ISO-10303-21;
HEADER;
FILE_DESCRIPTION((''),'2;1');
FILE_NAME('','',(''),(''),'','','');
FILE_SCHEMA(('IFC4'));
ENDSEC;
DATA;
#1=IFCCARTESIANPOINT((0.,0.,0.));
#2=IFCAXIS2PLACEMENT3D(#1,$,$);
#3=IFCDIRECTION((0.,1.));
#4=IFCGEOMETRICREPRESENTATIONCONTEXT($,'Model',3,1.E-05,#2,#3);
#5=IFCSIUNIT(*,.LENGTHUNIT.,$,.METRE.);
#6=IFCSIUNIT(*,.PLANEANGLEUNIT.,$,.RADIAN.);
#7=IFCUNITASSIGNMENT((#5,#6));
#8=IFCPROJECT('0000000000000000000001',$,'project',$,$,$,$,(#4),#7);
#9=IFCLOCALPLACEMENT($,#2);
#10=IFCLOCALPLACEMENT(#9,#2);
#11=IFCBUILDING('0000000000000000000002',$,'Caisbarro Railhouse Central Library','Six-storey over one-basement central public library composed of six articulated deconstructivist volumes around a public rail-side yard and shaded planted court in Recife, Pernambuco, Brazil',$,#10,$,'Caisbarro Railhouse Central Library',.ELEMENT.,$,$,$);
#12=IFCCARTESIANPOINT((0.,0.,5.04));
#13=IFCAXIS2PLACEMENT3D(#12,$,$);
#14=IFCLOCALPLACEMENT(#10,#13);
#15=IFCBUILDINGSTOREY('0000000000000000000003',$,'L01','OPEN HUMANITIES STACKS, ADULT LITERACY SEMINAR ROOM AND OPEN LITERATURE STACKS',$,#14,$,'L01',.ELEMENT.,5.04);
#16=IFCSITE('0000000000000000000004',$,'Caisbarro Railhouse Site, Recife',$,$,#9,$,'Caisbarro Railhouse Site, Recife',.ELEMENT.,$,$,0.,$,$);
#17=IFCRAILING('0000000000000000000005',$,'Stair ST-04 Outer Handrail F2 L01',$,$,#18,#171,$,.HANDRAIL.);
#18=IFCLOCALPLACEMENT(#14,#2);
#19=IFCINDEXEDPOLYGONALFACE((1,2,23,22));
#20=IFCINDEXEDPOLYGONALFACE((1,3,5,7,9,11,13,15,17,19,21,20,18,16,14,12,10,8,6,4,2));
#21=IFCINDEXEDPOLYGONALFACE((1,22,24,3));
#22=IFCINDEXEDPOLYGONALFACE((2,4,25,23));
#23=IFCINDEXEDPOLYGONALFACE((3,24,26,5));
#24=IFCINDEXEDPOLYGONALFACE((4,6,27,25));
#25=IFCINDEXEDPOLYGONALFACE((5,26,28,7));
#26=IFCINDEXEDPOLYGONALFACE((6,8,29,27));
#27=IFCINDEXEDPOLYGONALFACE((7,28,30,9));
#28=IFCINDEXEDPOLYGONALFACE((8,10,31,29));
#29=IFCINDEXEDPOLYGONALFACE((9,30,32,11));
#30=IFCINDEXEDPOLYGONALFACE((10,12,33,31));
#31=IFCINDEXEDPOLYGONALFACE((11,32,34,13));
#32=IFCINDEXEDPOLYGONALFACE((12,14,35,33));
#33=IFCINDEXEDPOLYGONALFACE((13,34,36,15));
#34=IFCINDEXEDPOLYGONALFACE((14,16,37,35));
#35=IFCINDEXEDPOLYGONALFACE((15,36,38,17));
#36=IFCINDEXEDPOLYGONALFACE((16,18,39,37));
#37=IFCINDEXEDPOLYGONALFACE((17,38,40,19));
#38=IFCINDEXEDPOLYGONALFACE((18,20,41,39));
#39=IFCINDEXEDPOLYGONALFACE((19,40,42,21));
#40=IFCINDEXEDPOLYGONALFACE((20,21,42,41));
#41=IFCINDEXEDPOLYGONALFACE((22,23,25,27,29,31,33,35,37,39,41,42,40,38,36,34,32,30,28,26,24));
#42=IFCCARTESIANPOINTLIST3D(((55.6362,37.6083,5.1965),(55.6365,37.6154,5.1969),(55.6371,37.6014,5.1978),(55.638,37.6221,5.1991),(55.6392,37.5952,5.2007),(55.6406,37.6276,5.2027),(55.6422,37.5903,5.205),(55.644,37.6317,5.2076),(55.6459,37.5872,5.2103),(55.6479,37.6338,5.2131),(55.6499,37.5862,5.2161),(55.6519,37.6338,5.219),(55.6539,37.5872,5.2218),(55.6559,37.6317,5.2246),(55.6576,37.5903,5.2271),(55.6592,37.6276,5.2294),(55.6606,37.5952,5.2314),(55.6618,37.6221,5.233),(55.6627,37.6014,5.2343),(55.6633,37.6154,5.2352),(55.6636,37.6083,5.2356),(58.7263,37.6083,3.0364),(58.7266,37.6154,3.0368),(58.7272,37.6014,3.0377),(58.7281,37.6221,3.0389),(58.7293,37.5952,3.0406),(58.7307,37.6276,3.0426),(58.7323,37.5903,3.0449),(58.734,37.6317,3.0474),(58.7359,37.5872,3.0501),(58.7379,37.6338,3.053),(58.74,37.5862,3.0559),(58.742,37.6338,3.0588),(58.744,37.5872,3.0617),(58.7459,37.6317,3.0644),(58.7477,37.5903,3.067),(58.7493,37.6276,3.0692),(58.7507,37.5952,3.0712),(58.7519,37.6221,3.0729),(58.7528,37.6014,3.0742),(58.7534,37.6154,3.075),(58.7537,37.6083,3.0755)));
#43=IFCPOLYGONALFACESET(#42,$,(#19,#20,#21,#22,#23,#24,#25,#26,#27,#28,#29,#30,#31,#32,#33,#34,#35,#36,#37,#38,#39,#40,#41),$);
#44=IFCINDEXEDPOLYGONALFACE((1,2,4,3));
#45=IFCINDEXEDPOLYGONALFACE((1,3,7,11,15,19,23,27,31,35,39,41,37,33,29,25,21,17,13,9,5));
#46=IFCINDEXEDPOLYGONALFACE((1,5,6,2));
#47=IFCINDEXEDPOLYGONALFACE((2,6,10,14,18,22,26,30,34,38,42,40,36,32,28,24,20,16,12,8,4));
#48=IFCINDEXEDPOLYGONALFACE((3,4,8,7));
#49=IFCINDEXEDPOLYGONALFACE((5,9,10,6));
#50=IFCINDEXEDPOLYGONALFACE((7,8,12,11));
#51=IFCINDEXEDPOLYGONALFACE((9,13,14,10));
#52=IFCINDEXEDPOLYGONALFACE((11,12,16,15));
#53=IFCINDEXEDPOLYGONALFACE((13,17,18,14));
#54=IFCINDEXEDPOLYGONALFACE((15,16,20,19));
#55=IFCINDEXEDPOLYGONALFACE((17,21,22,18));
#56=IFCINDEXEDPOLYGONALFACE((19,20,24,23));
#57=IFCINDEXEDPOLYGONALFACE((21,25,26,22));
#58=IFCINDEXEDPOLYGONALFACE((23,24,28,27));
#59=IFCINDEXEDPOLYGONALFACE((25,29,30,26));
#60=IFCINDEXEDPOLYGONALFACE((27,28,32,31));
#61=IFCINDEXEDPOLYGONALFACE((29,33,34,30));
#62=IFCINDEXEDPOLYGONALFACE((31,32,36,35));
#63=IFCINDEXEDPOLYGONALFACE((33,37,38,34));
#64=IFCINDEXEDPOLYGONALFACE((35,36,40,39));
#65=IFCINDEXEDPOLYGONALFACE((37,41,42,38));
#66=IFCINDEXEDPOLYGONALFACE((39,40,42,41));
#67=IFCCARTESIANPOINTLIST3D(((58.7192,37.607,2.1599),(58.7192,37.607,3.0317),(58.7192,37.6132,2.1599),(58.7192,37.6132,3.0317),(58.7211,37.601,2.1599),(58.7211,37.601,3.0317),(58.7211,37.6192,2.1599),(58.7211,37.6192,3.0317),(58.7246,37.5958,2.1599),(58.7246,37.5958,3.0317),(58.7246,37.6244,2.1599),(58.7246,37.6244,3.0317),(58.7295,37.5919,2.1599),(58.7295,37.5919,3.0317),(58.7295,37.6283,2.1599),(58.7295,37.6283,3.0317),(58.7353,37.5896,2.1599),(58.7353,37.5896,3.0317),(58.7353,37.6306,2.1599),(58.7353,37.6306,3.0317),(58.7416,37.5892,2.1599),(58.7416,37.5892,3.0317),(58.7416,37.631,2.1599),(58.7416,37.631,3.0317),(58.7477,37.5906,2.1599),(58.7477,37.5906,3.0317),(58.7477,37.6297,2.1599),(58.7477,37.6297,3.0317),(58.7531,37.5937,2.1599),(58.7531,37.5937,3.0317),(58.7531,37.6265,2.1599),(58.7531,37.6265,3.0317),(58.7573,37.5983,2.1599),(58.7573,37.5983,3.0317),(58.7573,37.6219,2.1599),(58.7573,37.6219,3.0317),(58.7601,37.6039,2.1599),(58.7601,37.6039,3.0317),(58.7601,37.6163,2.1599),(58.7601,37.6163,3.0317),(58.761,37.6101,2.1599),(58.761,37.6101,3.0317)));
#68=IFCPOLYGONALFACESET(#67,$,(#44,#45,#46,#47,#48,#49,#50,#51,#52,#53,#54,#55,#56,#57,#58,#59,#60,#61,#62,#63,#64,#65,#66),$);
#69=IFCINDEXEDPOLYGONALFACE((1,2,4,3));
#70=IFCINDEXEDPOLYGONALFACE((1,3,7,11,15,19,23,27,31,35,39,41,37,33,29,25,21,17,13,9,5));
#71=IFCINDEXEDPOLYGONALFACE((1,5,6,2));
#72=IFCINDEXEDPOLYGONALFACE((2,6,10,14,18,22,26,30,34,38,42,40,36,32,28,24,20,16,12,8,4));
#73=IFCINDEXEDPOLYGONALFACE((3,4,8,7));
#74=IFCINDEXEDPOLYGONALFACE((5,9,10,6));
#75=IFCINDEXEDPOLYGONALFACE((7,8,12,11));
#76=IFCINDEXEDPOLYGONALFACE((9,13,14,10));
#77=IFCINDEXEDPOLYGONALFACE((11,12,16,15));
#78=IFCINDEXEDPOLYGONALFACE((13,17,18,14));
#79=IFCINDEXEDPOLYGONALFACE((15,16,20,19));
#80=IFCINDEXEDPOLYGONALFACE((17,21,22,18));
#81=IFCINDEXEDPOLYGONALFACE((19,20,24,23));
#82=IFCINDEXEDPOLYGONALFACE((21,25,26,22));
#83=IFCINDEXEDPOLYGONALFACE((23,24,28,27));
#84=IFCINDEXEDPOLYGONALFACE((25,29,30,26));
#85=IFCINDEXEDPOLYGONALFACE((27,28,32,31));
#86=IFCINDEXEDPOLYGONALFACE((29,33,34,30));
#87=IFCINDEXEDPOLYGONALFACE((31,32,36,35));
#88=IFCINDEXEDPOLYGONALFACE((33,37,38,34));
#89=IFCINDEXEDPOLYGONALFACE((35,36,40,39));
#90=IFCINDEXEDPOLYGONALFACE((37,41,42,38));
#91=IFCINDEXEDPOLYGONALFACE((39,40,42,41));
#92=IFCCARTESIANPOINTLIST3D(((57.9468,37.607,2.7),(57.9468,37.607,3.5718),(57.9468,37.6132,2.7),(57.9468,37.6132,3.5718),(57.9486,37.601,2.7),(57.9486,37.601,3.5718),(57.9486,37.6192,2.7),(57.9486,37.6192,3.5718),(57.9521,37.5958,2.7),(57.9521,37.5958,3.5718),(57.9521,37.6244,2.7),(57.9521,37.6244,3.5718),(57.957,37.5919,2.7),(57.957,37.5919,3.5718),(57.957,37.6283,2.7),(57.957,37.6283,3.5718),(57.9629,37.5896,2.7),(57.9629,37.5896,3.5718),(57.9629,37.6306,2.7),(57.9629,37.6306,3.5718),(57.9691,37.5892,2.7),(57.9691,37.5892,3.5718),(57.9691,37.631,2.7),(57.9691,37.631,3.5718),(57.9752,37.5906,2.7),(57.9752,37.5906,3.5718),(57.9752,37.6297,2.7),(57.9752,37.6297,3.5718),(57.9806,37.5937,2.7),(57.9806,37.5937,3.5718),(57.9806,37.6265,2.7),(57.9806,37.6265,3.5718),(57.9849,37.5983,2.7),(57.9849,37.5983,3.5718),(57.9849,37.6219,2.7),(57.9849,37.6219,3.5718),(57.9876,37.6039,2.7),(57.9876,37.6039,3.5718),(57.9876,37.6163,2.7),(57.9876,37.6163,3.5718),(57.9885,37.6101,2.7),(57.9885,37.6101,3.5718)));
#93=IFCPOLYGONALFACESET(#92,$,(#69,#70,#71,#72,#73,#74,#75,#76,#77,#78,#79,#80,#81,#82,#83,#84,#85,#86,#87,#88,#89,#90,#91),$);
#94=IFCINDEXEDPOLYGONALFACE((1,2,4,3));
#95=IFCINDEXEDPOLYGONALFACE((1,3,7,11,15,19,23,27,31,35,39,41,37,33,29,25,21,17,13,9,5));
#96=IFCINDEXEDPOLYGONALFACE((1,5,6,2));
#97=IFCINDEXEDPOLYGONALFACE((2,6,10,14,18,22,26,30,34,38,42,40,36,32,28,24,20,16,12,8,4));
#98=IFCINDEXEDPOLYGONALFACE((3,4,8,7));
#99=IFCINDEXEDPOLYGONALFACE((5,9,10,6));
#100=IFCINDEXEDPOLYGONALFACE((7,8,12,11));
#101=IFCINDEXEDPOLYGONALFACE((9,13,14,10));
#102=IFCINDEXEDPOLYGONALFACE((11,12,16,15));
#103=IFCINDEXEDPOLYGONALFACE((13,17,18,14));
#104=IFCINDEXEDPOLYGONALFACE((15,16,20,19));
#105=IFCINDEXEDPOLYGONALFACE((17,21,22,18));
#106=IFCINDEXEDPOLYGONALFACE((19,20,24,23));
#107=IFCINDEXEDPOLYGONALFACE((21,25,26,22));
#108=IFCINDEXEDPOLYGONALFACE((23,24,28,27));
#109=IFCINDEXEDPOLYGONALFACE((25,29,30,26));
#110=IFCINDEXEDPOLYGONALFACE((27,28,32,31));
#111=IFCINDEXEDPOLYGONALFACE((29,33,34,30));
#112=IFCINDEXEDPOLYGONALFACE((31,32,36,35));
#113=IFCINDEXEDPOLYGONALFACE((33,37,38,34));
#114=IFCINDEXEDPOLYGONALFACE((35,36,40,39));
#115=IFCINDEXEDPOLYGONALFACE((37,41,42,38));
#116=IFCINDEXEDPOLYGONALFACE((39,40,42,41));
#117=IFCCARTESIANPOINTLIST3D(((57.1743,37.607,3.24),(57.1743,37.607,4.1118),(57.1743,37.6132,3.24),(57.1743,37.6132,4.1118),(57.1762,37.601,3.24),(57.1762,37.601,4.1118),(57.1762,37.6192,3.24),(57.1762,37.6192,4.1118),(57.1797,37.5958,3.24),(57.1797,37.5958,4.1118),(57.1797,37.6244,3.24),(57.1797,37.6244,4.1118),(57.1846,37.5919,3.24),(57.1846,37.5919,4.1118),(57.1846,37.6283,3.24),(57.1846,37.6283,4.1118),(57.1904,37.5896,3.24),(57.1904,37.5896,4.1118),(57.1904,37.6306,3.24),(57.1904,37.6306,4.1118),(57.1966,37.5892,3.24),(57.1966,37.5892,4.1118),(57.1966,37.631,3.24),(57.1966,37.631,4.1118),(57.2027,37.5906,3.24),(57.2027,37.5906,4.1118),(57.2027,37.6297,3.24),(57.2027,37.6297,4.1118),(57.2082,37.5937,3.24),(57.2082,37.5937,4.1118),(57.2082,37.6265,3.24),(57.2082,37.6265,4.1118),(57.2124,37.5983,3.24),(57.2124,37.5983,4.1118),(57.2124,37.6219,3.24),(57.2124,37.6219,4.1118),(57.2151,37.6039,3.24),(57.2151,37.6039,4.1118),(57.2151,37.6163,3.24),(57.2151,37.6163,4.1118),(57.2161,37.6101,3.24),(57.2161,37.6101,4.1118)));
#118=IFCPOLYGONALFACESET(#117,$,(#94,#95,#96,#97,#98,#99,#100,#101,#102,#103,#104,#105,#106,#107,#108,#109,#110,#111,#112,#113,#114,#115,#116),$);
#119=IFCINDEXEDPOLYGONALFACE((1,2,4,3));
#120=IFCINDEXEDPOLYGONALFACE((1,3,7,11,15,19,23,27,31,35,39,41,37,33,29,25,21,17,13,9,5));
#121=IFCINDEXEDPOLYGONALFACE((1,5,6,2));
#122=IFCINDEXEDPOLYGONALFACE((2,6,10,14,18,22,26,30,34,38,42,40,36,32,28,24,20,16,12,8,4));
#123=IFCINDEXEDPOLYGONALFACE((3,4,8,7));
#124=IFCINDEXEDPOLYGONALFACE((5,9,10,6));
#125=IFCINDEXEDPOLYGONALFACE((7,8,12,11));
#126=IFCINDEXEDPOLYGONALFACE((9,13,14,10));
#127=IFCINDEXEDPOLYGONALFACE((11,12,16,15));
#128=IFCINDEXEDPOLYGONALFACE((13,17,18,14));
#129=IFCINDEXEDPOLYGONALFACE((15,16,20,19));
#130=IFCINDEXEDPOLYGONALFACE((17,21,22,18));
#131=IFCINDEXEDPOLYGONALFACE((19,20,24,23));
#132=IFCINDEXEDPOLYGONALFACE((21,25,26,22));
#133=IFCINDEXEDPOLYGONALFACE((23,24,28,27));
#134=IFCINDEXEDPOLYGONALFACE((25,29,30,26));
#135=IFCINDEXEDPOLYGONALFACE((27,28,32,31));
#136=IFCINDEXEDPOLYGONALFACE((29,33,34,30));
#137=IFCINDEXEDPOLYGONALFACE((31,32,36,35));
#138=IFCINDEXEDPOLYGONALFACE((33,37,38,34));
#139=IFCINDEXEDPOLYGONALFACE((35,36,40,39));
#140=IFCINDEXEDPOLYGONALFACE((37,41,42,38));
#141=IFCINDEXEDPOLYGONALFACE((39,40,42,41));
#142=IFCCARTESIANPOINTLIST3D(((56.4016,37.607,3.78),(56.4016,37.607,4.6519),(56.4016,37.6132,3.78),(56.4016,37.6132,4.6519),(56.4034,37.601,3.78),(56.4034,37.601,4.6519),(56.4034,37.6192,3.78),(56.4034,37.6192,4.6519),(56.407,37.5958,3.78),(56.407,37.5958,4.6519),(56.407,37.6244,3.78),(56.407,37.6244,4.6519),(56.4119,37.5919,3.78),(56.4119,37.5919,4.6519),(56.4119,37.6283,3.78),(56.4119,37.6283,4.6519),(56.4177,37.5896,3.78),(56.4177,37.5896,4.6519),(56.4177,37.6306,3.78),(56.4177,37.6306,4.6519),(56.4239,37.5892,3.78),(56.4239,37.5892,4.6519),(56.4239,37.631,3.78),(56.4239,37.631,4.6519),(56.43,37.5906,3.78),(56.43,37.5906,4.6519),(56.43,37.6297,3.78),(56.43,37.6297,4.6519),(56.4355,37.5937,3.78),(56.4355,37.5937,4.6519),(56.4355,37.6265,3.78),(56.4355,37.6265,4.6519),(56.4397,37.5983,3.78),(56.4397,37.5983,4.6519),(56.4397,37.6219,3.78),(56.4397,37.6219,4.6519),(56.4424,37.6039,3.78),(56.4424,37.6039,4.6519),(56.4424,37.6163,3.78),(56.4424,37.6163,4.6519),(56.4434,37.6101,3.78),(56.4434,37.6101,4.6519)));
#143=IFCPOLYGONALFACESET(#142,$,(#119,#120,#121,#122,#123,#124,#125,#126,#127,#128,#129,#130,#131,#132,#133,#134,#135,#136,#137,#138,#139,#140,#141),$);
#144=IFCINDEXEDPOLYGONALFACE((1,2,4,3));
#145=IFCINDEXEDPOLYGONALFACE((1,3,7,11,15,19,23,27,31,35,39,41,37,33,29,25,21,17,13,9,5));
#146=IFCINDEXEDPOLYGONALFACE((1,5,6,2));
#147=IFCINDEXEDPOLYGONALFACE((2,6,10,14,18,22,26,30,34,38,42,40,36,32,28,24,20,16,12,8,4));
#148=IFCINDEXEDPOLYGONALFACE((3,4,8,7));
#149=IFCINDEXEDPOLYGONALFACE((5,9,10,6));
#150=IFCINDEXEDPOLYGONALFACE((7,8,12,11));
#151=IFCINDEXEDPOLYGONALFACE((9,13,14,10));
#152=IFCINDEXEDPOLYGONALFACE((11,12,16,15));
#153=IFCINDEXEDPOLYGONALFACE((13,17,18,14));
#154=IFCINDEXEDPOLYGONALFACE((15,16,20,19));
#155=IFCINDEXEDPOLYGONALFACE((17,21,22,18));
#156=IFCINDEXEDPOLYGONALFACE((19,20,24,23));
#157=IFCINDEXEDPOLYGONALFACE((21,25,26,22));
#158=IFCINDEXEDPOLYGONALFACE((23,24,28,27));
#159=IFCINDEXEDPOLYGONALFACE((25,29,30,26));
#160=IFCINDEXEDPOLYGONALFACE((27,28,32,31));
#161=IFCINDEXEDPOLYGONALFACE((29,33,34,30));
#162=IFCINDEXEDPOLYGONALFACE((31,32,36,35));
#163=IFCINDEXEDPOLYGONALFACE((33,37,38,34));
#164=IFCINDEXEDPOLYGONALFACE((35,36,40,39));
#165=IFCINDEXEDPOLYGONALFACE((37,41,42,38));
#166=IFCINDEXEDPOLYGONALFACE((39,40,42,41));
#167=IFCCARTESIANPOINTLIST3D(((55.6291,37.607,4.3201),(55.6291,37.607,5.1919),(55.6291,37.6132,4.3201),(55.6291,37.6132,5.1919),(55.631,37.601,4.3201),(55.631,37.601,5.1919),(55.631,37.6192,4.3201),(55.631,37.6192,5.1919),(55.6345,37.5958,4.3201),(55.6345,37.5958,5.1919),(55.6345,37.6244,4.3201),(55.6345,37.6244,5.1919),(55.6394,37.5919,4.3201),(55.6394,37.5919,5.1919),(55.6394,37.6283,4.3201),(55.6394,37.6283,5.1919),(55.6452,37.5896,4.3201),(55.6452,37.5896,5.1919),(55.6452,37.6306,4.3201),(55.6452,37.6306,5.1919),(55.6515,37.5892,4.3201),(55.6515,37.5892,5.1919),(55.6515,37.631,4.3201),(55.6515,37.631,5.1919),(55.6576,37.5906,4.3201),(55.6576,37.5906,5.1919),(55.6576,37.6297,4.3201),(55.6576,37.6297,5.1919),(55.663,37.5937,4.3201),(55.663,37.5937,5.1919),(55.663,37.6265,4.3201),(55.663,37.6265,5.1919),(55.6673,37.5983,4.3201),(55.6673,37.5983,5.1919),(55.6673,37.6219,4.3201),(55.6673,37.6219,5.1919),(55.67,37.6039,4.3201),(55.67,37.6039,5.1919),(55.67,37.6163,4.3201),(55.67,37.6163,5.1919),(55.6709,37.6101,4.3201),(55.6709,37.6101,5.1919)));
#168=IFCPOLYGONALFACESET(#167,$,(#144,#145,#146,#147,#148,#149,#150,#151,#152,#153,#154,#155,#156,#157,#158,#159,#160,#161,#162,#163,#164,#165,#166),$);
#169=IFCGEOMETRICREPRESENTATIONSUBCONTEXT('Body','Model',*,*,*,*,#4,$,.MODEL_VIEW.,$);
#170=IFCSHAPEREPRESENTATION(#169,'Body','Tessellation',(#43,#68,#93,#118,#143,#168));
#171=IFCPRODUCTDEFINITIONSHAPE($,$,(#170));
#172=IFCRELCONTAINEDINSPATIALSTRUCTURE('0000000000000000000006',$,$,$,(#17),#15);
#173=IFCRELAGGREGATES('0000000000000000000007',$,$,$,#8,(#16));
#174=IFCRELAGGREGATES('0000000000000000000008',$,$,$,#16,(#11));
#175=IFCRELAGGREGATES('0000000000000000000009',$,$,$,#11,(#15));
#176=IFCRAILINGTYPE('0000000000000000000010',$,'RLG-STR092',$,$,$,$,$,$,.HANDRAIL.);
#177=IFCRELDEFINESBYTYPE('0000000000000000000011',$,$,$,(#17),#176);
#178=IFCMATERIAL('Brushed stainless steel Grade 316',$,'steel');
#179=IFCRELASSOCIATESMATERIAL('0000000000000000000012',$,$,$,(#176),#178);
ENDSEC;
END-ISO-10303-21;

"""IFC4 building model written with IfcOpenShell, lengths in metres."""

from ifc_helpers import new_model, si_unit, direction, frame, origin, origin_2d, place, context, subcontext, project, spatial, circle, extrude, material, type_object, element, save


model = new_model("IFC4")

# Units and contexts
model_context = context("Model", 3, precision=1e-05, world=origin(), true_north=direction((0.0, 1.0)))
body_context = subcontext(model_context, "Body", "Model", "MODEL_VIEW")
ifc_project = project(units=[si_unit("LENGTHUNIT", "METRE"), si_unit("PLANEANGLEUNIT", "RADIAN")], contexts=[model_context])

# Site, building, storey
site_placement = place(None, origin())
site = spatial("IfcSite", under=ifc_project, at=site_placement, Name="Caisbarro Railhouse Site, Recife", LongName="Caisbarro Railhouse Site, Recife", CompositionType="ELEMENT", RefElevation=0.0)
building_placement = place(site_placement, origin())
building = spatial("IfcBuilding", under=site, at=building_placement, Name="Caisbarro Railhouse Central Library", Description="Six-storey over one-basement central public library composed of six articulated deconstructivist volumes around a public rail-side yard and shaded planted court in Recife, Pernambuco, Brazil", LongName="Caisbarro Railhouse Central Library", CompositionType="ELEMENT")
storey_placement = place(building_placement, frame((0.0, 0.0, 5.04)))
storey = spatial("IfcBuildingStorey", under=building, at=storey_placement, Name="L01", Description="OPEN HUMANITIES STACKS, ADULT LITERACY SEMINAR ROOM AND OPEN LITERATURE STACKS", LongName="L01", CompositionType="ELEMENT", Elevation=5.04)

# Railing
ifc_material_1 = material(Name="Brushed stainless steel Grade 316", Category="steel")
railing_type_1 = type_object("IfcRailingType", Name="RLG-STR092", PredefinedType="HANDRAIL", material=ifc_material_1)
railing_1_placement = place(storey_placement, frame((58.74, 37.6101, 2.1599)))
element("IfcRailing", 1, at=railing_1_placement, inside=storey, type_object=railing_type_1, Name="Stair ST-04 Outer Handrail F2 L01", PredefinedType="HANDRAIL", context=body_context, shape_type="SweptSolid", body=[
    extrude(circle(Radius=0.0239, at=origin_2d()), frame((0.0, 0.0, 0.896), z_axis=(-0.819594, 0.0, 0.572945), x_axis=(0.0, -1.0, 0.0)), (0.0, 0.0, 1.0), 3.7703),
    extrude(circle(Radius=0.021, at=origin_2d()), origin(), (0.0, 0.0, 1.0), 0.8718),
    extrude(circle(Radius=0.021, at=origin_2d()), frame((-0.7725, 0.0, 0.54)), (0.0, 0.0, 1.0), 0.8718),
    extrude(circle(Radius=0.021, at=origin_2d()), frame((-1.5449, 0.0, 1.0801)), (0.0, 0.0, 1.0), 0.8718),
    extrude(circle(Radius=0.021, at=origin_2d()), frame((-2.3176, 0.0, 1.6201)), (0.0, 0.0, 1.0), 0.8718),
    extrude(circle(Radius=0.021, at=origin_2d()), frame((-3.0901, 0.0, 2.1602)), (0.0, 0.0, 1.0), 0.8718),
])

save(model, "model.ifc")
